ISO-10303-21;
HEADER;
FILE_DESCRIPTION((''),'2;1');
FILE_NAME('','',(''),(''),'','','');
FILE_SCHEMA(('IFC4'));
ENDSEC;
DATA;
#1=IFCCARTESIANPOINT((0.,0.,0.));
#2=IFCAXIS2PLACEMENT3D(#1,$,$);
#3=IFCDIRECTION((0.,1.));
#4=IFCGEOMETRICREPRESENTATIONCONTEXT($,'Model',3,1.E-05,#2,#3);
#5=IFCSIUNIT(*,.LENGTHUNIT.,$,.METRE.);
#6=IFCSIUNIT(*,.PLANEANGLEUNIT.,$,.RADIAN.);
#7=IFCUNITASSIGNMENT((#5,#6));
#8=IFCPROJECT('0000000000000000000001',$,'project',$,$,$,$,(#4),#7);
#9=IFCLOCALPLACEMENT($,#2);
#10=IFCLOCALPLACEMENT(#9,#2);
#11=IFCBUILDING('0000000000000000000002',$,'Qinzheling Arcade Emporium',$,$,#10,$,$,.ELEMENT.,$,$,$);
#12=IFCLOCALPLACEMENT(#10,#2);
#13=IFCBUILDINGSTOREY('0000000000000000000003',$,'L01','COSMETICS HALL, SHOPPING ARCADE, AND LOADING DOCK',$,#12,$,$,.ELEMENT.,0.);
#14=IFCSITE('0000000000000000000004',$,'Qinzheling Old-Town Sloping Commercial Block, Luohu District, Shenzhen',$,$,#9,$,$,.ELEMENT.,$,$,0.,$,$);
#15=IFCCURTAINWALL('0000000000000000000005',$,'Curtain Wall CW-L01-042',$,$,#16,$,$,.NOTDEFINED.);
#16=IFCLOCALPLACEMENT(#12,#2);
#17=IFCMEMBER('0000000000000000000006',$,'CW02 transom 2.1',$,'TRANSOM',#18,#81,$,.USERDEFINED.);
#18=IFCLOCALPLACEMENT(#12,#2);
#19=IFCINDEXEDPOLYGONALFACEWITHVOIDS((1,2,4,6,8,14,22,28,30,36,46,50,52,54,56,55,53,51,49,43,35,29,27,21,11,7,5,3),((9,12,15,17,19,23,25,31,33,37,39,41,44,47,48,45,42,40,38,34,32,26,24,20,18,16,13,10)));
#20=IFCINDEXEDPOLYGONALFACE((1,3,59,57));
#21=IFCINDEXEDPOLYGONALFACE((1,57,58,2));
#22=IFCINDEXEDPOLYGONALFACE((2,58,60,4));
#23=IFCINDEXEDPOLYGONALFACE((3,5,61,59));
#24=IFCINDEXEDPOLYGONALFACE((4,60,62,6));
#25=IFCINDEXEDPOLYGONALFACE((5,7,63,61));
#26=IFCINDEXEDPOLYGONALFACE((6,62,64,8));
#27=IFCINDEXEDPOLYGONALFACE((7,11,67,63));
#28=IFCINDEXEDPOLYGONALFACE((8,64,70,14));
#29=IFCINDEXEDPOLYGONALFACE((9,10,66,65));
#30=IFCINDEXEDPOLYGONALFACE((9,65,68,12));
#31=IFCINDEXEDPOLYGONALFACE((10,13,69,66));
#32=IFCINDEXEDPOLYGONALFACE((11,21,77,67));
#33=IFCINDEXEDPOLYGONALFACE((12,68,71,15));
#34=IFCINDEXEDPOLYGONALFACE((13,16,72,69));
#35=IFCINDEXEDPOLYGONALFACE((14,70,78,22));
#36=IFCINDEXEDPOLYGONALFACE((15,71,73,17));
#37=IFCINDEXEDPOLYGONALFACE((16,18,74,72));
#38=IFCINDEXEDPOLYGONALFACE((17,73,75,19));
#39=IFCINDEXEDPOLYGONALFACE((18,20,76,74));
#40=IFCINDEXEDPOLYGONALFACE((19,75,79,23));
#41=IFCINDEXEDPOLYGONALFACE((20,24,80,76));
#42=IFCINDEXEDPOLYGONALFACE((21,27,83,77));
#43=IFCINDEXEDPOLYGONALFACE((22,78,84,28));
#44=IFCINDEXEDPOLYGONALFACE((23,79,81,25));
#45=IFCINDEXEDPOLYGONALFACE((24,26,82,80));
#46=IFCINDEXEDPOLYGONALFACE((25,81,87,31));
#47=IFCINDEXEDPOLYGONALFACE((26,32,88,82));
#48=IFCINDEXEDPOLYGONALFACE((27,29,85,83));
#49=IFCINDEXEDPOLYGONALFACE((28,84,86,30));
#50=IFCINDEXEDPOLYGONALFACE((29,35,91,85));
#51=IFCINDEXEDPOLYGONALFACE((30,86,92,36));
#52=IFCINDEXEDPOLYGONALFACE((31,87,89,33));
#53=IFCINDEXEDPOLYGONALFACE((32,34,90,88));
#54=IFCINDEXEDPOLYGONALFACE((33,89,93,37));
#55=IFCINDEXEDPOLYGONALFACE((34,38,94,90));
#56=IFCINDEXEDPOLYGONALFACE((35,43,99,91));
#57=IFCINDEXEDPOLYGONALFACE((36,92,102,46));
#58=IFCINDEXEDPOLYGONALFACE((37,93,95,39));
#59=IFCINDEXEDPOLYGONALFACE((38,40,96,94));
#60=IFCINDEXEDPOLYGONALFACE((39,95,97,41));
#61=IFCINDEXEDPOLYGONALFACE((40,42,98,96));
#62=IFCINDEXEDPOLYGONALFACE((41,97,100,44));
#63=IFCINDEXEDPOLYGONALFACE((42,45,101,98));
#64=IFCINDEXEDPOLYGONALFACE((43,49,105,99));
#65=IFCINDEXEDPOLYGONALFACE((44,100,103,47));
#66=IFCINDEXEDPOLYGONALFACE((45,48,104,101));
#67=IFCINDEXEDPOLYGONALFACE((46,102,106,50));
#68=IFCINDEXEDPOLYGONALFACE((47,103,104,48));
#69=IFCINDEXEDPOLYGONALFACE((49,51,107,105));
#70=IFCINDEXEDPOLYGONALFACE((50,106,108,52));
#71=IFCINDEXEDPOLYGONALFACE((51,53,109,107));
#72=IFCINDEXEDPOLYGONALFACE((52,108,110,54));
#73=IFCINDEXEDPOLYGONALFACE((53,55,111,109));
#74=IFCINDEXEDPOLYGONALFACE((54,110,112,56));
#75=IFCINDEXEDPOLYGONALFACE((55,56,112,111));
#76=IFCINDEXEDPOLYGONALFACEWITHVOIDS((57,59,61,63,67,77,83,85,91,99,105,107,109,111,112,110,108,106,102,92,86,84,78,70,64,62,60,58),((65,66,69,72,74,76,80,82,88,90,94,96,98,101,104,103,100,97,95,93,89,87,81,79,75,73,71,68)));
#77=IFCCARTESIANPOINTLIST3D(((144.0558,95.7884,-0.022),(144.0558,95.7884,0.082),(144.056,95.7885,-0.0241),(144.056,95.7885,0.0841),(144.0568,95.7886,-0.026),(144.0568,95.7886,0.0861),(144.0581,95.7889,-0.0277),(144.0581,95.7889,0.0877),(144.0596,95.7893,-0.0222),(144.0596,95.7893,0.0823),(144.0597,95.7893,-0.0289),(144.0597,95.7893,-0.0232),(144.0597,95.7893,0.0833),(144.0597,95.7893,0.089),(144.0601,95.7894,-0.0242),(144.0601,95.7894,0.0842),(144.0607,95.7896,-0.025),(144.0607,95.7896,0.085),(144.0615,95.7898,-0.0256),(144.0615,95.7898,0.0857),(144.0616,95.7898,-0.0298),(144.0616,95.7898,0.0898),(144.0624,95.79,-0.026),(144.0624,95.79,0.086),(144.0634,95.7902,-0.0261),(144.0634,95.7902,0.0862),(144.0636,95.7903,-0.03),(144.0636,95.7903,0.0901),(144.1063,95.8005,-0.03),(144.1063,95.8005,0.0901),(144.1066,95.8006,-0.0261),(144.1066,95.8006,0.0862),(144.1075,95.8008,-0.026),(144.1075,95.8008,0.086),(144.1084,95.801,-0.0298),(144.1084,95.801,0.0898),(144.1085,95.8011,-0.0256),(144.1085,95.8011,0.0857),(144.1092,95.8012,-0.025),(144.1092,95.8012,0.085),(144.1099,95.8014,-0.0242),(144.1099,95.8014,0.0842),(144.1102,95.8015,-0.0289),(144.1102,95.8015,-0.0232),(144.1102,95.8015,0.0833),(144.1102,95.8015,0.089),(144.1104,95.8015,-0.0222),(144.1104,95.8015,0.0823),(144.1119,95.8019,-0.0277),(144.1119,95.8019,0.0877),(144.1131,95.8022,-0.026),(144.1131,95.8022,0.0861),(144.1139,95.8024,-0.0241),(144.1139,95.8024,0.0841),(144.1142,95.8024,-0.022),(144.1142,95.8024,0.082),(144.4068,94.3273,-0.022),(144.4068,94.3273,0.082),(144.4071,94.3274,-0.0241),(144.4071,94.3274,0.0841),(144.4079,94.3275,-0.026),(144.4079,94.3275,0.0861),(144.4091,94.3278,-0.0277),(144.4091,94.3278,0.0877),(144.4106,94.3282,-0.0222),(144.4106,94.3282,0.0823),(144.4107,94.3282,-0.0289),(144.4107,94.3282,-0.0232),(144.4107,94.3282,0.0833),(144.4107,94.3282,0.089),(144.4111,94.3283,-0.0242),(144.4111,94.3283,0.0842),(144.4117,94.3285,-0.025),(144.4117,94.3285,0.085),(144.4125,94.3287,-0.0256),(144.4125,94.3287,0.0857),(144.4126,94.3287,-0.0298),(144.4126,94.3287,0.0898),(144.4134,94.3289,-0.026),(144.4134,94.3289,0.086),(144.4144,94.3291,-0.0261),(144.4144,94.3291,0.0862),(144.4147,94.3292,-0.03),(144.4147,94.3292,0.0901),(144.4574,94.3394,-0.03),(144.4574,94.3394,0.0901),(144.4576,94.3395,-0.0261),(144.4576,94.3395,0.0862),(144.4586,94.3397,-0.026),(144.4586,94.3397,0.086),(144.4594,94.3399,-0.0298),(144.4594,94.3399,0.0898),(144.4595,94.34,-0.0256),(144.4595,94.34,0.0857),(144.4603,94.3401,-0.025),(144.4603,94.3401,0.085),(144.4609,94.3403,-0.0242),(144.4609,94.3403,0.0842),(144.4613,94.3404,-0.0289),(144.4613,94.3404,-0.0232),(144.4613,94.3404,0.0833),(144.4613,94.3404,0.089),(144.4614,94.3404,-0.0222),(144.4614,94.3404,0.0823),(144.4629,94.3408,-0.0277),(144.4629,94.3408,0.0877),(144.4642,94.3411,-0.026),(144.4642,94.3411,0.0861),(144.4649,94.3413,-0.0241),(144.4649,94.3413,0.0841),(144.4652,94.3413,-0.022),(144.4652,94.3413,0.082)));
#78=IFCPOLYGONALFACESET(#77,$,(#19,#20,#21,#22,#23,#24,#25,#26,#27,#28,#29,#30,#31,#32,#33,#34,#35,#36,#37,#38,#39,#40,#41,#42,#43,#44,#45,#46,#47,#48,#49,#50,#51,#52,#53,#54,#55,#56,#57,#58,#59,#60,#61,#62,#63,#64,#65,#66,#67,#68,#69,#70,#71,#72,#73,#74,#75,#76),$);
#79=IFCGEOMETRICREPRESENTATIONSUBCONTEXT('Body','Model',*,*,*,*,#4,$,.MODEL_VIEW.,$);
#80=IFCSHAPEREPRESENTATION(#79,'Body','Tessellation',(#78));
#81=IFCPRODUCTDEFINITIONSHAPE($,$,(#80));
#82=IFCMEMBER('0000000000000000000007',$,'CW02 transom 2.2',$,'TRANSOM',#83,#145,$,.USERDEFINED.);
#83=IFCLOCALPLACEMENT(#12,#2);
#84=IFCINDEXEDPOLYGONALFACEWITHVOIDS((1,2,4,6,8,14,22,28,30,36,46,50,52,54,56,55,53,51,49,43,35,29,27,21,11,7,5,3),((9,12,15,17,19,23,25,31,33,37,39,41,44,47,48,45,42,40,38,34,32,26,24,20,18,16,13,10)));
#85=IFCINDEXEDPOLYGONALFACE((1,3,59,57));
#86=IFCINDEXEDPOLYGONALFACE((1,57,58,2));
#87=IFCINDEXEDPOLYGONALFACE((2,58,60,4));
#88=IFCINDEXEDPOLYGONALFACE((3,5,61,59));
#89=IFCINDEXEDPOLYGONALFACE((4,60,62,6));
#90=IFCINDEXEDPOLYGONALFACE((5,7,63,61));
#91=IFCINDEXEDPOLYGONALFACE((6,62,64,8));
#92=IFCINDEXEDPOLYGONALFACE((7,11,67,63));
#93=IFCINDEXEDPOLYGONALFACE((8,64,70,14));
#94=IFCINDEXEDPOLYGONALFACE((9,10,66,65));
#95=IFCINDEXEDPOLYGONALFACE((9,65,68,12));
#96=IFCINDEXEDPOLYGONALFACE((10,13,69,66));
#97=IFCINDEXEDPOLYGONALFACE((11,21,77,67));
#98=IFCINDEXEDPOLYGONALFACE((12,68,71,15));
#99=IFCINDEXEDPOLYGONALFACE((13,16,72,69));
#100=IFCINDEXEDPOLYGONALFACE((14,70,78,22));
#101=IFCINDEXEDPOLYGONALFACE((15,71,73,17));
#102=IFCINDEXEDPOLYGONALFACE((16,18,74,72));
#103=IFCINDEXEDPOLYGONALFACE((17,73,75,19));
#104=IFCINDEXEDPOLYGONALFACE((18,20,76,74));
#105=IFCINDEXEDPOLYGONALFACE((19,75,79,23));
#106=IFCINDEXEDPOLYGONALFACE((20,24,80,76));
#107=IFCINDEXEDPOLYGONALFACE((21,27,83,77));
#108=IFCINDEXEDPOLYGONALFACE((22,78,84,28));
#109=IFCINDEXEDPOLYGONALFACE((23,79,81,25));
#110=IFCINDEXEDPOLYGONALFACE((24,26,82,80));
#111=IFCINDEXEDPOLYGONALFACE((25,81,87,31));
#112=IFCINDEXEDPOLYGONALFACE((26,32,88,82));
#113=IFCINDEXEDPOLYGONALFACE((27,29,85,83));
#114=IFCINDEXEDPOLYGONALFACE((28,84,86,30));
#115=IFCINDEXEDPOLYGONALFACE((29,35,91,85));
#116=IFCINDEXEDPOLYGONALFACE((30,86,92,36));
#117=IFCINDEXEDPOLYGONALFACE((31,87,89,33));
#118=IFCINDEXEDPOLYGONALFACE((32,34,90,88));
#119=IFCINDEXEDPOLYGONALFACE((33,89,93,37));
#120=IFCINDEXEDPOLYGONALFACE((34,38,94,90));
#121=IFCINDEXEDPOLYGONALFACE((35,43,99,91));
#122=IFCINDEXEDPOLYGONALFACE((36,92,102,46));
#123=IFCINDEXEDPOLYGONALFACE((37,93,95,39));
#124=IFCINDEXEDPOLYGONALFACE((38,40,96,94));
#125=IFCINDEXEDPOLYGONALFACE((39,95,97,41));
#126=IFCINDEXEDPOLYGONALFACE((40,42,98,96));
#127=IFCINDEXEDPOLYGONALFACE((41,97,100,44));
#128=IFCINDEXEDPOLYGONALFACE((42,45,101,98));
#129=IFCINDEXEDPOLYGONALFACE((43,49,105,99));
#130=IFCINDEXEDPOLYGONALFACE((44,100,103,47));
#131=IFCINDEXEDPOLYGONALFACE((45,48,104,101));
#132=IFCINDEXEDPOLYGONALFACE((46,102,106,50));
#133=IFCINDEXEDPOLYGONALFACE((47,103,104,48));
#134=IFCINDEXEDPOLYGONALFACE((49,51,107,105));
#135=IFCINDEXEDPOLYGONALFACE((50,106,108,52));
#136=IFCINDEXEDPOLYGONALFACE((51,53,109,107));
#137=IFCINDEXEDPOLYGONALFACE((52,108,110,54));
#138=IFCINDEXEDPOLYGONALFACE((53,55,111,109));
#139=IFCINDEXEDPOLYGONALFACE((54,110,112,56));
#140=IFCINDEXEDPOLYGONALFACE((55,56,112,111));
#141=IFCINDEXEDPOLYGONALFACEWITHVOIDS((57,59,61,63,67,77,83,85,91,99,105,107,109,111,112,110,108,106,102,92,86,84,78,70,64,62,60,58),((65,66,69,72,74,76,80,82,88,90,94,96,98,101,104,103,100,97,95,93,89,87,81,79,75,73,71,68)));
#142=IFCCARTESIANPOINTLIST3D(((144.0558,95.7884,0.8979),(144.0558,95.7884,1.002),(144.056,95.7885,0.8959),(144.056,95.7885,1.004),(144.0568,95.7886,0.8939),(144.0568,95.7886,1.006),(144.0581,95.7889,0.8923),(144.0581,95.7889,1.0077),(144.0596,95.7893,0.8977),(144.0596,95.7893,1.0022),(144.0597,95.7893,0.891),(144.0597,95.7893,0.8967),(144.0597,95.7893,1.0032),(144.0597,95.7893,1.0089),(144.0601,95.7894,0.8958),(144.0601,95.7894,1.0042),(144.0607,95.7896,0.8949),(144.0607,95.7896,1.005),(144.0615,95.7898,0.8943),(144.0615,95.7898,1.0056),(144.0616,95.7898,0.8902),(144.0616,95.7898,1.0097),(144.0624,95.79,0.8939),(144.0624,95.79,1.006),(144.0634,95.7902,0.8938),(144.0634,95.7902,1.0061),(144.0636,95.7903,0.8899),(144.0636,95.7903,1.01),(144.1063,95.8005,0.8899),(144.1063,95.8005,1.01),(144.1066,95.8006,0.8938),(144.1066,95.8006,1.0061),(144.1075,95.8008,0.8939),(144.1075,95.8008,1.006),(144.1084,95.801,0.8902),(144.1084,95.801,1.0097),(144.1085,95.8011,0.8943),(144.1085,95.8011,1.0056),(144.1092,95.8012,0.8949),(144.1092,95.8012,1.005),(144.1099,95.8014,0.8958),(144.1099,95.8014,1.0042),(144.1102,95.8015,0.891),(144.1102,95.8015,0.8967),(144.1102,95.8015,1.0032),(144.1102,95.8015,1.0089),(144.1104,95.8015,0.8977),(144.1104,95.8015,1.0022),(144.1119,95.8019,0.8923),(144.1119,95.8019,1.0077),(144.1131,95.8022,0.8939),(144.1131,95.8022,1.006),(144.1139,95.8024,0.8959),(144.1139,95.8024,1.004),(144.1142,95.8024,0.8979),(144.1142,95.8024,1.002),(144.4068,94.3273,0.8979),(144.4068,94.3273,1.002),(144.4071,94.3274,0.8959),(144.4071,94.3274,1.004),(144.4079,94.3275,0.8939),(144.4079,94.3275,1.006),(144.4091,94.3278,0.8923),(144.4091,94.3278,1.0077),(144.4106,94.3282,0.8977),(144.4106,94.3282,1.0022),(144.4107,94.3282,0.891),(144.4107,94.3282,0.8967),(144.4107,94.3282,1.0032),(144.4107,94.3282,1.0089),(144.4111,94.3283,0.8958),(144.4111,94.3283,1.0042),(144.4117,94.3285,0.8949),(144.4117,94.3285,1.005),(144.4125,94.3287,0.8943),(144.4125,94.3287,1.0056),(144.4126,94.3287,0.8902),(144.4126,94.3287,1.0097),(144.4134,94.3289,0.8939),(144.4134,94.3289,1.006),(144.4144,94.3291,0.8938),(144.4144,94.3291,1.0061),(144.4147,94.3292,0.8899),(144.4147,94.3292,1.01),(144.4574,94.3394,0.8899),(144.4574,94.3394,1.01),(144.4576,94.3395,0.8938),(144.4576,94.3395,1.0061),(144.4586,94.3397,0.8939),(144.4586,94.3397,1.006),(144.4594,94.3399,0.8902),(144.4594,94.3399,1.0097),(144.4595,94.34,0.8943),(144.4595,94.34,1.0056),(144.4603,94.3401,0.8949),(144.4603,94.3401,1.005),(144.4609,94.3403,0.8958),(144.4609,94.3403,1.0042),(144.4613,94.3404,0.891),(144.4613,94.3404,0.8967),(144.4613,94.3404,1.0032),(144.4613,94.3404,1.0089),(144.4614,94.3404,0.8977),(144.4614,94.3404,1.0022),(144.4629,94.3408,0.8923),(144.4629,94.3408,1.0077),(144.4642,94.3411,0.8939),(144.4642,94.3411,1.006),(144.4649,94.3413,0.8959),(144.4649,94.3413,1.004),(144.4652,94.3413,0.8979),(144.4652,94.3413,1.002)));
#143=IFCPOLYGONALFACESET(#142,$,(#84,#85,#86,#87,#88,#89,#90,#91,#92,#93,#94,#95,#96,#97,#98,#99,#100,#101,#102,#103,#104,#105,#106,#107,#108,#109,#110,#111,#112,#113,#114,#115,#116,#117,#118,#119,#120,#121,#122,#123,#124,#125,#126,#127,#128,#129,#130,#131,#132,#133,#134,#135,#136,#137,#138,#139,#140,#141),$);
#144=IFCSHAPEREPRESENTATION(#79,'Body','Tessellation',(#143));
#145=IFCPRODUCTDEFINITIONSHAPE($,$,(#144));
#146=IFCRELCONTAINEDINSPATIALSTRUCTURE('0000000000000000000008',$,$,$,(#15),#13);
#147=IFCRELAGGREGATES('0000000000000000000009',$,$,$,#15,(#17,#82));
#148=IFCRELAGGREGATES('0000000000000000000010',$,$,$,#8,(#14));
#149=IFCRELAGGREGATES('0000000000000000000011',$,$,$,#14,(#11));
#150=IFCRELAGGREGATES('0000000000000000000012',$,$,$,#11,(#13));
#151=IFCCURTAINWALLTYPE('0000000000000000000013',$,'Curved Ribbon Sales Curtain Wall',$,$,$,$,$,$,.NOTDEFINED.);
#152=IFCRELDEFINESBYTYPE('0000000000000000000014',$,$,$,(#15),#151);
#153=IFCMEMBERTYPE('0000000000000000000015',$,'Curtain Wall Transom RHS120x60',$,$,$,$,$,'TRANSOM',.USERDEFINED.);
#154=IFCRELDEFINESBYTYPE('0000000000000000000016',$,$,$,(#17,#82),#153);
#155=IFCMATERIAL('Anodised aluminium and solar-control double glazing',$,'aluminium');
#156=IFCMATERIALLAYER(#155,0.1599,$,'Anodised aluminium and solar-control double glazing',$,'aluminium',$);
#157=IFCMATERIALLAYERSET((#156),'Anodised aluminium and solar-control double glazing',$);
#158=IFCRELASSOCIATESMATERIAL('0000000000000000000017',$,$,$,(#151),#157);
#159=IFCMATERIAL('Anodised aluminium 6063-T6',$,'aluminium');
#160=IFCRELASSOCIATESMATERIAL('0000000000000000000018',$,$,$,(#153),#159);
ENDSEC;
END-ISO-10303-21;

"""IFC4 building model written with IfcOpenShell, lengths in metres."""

from ifc_helpers import new_model, si_unit, direction, frame, origin, origin_2d, place, context, subcontext, project, spatial, hollow_rectangle, extrude, material, layer, layer_set, material_profile, profile_set, type_object, element, aggregate, save


model = new_model("IFC4")

# Units and contexts
model_context = context("Model", 3, precision=1e-05, world=origin(), true_north=direction((0.0, 1.0)))
body_context = subcontext(model_context, "Body", "Model", "MODEL_VIEW")
ifc_project = project(units=[si_unit("LENGTHUNIT", "METRE"), si_unit("PLANEANGLEUNIT", "RADIAN")], contexts=[model_context])

# Site, building, storey
site_placement = place(None, origin())
site = spatial("IfcSite", under=ifc_project, at=site_placement, Name="Qinzheling Old-Town Sloping Commercial Block, Luohu District, Shenzhen", CompositionType="ELEMENT", RefElevation=0.0)
building_placement = place(site_placement, origin())
building = spatial("IfcBuilding", under=site, at=building_placement, Name="Qinzheling Arcade Emporium", CompositionType="ELEMENT")
storey_placement = place(building_placement, origin())
storey = spatial("IfcBuildingStorey", under=building, at=storey_placement, Name="L01", Description="COSMETICS HALL, SHOPPING ARCADE, AND LOADING DOCK", CompositionType="ELEMENT", Elevation=0.0)

# Curtain wall
ifc_material_1 = material(Name="Anodised aluminium and solar-control double glazing", Category="aluminium")
ifc_layer_1 = layer(ifc_material_1, 0.1599, Name="Anodised aluminium and solar-control double glazing", Category="aluminium")
ifc_layer_set_1 = layer_set([ifc_layer_1], Name="Anodised aluminium and solar-control double glazing")
curtain_wall_type = type_object("IfcCurtainWallType", Name="Curved Ribbon Sales Curtain Wall", PredefinedType="NOTDEFINED", material=ifc_layer_set_1)
ifc_material_2 = material(Name="Anodised aluminium 6063-T6", Category="aluminium")
curtain_wall_1_placement = place(storey_placement, origin())
curtain_wall_1 = element("IfcCurtainWall", 1, at=curtain_wall_1_placement, inside=storey, type_object=curtain_wall_type, Name="Curtain Wall CW-L01-042", PredefinedType="NOTDEFINED")

# Members
ifc_material_profile_1 = material_profile(ifc_material_2, hollow_rectangle(XDim=0.0601, YDim=0.1201, WallThickness=0.0039, InnerFilletRadius=0.0039, OuterFilletRadius=0.0081, at=origin_2d()), Name="RHS 120x60x4", Category="aluminium")
ifc_profile_set_1 = profile_set([ifc_material_profile_1], Name="Anodised aluminium 6063-T6")
member_type_1 = type_object("IfcMemberType", Name="Curtain Wall Transom RHS120x60", ElementType="TRANSOM", PredefinedType="USERDEFINED", material=ifc_profile_set_1)
member_1_placement = place(storey_placement, frame((144.085, 95.7954, 0.03), z_axis=(0.233619, -0.972328, 0.0), x_axis=(0.972328, 0.233619, 0.0)))
member_1 = element("IfcMember", 2, at=member_1_placement, type_object=member_type_1, Name="CW02 transom 2.1", ObjectType="TRANSOM", PredefinedType="USERDEFINED", context=body_context, shape_type="SweptSolid", body=[
    extrude(hollow_rectangle(XDim=0.0601, YDim=0.1201, WallThickness=0.0039, InnerFilletRadius=0.0039, OuterFilletRadius=0.0081, at=origin_2d()), origin(), (0.0, 0.0, 1.0), 1.5027),
])
member_2_placement = place(storey_placement, frame((144.085, 95.7954, 0.95), z_axis=(0.233619, -0.972328, 0.0), x_axis=(0.972328, 0.233619, 0.0)))
member_2 = element("IfcMember", 3, at=member_2_placement, type_object=member_type_1, Name="CW02 transom 2.2", ObjectType="TRANSOM", PredefinedType="USERDEFINED", context=body_context, shape_type="SweptSolid", body=[
    extrude(hollow_rectangle(XDim=0.0601, YDim=0.1201, WallThickness=0.0039, InnerFilletRadius=0.0039, OuterFilletRadius=0.0081, at=origin_2d()), origin(), (0.0, 0.0, 1.0), 1.5027),
])

aggregate(curtain_wall_1, [member_1, member_2])

save(model, "model.ifc")
